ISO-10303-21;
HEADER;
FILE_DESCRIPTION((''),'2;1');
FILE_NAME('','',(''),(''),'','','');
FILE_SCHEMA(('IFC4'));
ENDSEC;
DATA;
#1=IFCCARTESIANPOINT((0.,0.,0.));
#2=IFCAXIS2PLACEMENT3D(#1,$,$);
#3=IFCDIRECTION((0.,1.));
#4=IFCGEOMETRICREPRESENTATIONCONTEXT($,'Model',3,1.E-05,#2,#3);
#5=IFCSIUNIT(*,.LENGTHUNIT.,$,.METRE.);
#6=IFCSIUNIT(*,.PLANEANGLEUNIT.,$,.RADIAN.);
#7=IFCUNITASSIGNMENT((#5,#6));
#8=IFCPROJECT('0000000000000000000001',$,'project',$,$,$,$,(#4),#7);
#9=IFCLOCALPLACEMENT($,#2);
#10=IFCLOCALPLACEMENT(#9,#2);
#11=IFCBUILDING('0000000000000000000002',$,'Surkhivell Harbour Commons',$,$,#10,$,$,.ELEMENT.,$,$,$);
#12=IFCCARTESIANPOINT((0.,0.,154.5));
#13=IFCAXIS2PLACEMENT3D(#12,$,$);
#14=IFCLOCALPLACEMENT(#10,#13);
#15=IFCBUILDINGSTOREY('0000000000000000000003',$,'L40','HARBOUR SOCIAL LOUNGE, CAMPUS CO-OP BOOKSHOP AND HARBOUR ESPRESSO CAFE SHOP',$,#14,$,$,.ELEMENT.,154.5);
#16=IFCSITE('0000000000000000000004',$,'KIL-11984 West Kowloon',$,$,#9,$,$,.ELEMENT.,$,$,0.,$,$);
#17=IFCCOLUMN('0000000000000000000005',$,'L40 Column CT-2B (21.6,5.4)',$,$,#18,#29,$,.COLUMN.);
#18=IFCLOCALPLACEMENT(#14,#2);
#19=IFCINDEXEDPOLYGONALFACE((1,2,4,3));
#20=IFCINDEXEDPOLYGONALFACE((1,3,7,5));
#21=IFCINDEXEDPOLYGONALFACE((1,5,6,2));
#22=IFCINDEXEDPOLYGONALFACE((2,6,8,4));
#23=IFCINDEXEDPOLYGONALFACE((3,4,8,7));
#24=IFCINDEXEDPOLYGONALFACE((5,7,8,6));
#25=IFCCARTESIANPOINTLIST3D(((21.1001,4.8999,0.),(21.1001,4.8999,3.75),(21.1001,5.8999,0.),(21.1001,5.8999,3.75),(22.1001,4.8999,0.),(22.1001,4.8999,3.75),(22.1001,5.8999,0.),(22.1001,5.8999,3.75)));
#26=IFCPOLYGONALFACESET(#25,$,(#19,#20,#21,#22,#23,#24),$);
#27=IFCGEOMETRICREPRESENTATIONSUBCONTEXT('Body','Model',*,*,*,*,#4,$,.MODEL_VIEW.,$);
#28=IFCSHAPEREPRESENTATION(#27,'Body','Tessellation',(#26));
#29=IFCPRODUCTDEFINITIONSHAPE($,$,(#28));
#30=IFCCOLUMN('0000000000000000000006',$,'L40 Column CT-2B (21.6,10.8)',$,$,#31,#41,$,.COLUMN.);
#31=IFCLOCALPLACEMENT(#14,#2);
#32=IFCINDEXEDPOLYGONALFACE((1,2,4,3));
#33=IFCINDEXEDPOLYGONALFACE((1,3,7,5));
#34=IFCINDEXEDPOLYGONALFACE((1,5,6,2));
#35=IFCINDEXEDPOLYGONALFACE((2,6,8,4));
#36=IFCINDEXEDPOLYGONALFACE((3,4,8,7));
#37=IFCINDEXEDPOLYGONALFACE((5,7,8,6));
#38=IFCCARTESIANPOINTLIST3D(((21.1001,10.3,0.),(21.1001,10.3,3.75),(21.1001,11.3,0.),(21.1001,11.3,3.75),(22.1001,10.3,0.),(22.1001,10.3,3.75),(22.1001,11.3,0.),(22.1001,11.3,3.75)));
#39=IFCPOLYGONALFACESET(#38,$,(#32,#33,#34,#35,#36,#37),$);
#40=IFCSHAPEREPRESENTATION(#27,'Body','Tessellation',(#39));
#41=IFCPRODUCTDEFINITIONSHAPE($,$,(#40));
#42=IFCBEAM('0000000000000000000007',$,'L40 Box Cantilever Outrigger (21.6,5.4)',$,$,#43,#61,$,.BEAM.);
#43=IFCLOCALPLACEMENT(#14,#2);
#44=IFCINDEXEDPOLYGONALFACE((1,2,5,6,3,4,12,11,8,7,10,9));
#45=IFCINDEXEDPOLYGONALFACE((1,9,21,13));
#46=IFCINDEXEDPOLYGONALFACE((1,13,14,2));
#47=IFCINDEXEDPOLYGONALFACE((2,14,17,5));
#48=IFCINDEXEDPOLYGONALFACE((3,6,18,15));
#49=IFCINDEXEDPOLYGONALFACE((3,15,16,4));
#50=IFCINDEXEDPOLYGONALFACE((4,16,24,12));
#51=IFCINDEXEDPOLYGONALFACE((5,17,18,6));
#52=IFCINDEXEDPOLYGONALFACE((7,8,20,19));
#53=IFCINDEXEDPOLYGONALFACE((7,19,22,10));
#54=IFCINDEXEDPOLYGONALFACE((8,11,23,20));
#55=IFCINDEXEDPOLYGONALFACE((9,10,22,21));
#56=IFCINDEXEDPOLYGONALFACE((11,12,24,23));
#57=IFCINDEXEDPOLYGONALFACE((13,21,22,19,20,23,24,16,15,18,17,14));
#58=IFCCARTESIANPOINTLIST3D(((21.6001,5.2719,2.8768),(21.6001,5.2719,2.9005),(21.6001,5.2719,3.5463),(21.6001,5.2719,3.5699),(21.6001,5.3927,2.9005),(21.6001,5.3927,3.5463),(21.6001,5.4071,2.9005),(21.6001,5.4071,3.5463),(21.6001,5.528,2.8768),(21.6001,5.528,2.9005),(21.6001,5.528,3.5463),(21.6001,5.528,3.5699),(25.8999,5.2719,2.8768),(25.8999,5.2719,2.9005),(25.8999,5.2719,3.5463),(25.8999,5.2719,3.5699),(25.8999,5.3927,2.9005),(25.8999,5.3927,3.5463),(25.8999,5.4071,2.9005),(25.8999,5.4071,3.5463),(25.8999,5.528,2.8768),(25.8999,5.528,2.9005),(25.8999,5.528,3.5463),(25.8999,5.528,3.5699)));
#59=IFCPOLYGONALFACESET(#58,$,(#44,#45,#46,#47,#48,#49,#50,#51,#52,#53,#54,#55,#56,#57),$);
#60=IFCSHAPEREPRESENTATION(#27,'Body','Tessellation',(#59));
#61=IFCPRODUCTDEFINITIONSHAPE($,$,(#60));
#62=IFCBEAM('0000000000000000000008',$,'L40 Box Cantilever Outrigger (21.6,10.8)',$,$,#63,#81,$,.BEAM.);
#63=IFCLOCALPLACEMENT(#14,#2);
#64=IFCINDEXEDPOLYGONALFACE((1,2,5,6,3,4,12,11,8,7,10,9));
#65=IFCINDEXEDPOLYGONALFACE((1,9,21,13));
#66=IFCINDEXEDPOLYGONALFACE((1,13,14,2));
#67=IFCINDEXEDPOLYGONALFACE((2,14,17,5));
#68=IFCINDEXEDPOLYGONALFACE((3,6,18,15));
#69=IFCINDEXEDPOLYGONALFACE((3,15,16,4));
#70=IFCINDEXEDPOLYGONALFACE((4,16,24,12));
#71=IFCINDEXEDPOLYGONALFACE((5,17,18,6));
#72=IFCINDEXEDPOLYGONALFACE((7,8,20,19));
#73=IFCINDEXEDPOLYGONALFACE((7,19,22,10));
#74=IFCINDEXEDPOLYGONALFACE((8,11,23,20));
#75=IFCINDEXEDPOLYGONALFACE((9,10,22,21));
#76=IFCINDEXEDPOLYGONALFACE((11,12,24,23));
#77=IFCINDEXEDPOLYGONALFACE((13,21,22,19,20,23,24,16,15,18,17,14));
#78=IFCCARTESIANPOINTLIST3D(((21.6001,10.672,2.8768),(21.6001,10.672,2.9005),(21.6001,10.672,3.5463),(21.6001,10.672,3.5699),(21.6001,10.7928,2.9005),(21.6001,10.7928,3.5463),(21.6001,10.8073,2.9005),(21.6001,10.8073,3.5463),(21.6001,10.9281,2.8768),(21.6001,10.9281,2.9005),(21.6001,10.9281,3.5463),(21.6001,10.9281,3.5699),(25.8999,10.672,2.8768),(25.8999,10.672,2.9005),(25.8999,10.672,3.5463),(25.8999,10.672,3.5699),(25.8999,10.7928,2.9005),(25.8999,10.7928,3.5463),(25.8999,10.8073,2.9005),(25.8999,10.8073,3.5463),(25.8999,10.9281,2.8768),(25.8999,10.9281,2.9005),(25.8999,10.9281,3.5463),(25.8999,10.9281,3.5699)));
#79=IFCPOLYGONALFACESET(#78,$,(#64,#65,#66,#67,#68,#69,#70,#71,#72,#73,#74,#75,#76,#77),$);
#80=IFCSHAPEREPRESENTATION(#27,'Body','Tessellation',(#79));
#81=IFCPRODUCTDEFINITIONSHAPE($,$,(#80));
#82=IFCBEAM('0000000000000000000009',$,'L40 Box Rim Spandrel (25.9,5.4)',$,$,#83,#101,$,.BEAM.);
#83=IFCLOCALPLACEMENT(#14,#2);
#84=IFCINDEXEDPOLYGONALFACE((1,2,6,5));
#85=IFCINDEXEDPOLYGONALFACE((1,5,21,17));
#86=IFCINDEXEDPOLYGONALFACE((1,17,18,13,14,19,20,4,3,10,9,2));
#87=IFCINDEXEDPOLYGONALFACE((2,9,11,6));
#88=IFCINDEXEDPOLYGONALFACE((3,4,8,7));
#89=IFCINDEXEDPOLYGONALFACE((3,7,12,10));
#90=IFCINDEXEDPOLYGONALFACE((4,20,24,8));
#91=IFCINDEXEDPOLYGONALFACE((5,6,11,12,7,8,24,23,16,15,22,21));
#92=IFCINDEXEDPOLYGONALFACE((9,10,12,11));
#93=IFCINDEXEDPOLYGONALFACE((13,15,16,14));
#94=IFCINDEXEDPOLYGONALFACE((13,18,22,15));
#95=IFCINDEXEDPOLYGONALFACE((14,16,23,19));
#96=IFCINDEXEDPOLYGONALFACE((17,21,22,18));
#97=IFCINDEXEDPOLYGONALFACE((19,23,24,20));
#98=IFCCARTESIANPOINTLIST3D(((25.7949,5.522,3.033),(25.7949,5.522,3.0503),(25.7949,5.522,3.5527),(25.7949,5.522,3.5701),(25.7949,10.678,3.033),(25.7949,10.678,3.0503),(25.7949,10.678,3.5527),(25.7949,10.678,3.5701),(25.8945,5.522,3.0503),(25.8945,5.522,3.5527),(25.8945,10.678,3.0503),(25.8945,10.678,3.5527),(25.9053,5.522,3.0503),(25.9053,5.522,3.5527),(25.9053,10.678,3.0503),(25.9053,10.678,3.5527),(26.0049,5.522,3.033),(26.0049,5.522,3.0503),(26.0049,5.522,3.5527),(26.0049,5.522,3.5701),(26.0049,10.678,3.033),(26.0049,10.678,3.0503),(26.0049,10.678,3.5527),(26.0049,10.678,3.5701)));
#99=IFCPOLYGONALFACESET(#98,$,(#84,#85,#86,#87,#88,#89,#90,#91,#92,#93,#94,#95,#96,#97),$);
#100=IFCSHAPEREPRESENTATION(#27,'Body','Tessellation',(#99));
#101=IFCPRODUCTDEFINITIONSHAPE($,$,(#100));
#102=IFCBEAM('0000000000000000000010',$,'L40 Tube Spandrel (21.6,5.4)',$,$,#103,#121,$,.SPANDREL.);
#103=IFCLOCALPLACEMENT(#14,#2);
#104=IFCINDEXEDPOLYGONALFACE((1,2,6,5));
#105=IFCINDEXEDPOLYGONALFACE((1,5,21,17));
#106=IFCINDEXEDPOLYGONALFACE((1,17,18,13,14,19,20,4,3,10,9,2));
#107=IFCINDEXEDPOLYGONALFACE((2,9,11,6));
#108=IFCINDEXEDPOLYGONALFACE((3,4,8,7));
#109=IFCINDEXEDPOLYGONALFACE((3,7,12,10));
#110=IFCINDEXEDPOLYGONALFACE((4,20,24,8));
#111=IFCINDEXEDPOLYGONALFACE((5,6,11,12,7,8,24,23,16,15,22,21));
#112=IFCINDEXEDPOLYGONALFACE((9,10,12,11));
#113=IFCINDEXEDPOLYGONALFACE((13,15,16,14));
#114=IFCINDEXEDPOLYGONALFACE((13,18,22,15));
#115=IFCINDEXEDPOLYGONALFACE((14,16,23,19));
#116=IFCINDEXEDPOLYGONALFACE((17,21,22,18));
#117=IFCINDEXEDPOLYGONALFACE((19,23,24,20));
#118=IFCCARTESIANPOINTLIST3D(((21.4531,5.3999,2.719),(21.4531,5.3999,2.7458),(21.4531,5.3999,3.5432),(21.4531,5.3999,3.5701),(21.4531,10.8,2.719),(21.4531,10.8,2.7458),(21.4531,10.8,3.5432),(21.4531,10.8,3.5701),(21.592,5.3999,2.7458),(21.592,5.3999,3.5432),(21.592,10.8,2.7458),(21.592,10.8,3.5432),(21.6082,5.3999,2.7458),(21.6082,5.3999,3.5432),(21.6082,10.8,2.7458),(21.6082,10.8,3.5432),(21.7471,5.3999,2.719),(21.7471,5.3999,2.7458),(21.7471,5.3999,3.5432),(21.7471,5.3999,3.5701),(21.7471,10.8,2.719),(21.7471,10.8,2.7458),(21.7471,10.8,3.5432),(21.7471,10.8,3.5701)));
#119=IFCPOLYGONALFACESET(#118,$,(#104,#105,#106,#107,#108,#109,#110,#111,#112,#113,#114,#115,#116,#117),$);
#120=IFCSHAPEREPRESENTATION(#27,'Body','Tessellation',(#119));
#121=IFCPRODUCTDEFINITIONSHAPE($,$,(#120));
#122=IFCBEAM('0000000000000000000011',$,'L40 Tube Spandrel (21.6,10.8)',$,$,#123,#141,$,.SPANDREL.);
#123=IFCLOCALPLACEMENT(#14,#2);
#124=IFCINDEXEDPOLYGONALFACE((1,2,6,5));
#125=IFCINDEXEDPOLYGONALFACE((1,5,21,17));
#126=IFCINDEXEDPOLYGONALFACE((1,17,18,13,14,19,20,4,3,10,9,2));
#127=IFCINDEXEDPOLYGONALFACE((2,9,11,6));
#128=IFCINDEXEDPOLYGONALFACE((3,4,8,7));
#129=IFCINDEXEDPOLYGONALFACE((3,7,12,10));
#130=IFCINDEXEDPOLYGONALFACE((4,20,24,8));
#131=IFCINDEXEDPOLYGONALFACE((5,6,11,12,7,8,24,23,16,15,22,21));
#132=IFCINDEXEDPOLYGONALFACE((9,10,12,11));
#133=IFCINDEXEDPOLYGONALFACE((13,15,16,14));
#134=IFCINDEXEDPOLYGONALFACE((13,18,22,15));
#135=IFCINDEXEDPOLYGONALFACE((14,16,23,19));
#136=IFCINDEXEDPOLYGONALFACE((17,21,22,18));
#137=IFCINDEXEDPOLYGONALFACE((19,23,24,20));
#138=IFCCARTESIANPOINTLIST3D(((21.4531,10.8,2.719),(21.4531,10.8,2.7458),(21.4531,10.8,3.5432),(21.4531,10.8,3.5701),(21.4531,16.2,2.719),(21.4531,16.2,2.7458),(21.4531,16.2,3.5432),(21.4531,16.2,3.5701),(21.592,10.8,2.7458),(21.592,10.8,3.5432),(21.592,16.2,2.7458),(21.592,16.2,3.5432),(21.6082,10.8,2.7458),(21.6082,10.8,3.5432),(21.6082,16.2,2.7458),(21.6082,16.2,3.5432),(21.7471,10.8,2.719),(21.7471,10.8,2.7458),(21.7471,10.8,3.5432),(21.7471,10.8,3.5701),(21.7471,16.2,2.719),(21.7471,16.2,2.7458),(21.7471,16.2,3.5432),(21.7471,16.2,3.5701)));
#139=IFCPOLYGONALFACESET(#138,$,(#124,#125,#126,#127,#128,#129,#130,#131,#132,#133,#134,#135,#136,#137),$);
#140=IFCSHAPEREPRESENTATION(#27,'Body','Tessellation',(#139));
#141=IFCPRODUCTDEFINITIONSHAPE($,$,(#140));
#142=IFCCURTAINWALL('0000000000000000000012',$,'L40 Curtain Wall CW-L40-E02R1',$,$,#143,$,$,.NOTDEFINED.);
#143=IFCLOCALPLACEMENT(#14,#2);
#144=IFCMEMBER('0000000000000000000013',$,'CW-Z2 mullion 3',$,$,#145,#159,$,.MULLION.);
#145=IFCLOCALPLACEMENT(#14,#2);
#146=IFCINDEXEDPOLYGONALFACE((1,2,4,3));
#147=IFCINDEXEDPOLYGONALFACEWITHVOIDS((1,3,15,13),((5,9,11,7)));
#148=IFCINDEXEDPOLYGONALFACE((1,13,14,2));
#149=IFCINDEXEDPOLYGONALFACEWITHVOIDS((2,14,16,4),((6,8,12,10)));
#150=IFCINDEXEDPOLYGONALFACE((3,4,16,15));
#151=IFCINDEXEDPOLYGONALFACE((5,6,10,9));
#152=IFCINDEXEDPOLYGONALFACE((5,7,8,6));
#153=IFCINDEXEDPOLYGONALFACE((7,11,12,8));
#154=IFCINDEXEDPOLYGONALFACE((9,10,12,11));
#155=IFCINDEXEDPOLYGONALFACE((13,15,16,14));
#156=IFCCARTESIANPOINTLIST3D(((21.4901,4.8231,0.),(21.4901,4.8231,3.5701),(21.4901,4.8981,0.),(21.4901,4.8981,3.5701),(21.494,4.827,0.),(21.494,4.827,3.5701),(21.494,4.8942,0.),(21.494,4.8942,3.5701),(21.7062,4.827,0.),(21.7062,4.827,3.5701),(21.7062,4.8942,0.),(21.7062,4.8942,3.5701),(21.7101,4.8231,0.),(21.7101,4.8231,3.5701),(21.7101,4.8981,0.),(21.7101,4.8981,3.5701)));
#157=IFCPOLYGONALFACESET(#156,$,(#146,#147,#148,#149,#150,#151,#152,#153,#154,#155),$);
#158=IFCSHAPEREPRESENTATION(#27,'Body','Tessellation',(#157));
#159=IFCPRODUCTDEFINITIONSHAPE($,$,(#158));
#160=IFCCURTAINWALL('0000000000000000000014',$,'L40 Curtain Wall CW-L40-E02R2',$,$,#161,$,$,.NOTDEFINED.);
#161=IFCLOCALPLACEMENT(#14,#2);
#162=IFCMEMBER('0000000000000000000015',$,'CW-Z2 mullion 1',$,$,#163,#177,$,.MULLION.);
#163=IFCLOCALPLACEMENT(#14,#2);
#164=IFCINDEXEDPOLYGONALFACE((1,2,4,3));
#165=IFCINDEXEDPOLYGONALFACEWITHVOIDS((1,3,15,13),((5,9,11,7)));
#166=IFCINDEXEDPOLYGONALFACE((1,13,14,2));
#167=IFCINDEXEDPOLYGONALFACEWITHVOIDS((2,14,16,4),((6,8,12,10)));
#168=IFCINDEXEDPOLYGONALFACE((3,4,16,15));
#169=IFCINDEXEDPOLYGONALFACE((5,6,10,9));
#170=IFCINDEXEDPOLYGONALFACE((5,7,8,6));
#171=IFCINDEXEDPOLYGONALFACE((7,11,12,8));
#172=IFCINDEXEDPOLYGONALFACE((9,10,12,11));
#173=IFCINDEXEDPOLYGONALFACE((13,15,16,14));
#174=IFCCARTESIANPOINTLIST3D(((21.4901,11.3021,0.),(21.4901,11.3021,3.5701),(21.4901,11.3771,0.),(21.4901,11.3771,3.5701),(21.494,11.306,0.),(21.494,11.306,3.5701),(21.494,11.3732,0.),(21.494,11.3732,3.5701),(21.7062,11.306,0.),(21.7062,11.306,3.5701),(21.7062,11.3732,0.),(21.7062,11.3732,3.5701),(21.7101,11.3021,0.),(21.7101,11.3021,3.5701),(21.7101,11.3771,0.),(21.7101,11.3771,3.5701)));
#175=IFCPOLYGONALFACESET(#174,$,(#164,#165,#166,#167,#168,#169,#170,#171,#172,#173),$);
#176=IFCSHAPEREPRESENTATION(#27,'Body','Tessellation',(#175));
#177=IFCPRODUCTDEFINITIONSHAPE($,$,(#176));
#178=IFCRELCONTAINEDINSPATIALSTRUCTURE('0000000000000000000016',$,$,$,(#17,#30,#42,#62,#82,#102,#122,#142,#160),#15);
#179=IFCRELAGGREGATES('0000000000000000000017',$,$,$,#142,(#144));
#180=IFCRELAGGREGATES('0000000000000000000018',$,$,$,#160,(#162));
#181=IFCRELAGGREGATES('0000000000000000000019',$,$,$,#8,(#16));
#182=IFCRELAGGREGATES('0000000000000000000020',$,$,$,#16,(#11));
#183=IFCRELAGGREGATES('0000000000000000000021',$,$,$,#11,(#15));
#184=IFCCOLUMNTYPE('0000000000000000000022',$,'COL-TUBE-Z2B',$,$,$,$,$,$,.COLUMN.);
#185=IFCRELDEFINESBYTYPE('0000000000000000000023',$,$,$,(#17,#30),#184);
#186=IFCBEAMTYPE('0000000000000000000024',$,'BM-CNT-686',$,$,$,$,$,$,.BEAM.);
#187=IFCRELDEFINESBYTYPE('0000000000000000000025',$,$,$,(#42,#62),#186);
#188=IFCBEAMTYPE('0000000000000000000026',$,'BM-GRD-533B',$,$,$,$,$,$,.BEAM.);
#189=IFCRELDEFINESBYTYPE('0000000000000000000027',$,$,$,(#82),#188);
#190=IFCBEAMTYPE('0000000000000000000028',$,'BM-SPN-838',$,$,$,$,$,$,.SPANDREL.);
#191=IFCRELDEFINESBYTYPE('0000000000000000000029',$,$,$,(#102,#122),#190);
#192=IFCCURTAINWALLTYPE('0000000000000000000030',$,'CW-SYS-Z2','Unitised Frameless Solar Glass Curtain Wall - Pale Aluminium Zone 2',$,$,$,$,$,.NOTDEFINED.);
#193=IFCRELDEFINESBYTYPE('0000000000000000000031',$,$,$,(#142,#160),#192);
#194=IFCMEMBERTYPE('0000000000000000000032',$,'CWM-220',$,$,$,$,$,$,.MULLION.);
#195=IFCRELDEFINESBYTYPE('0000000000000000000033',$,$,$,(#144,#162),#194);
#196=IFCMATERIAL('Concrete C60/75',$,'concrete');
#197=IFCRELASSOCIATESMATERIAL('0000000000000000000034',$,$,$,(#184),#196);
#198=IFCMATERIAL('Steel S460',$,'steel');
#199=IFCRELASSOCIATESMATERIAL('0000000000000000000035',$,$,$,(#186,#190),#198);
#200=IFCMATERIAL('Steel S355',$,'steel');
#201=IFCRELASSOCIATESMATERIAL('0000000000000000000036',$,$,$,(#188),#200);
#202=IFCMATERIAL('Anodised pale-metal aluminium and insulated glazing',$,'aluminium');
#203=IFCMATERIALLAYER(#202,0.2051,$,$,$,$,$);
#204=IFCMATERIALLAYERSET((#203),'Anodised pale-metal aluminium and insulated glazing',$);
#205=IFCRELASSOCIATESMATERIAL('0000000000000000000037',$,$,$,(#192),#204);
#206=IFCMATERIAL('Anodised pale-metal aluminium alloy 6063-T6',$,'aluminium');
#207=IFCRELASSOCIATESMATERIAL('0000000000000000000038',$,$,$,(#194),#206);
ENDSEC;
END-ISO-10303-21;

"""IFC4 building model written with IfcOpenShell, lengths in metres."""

from ifc_helpers import new_model, si_unit, direction, frame, origin, origin_2d, place, context, subcontext, project, spatial, rectangle, hollow_rectangle, i_section, extrude, material, layer, layer_set, material_profile, profile_set, type_object, element, aggregate, save


model = new_model("IFC4")

# Units and contexts
model_context = context("Model", 3, precision=1e-05, world=origin(), true_north=direction((0.0, 1.0)))
body_context = subcontext(model_context, "Body", "Model", "MODEL_VIEW")
ifc_project = project(units=[si_unit("LENGTHUNIT", "METRE"), si_unit("PLANEANGLEUNIT", "RADIAN")], contexts=[model_context])

# Site, building, storey
site_placement = place(None, origin())
site = spatial("IfcSite", under=ifc_project, at=site_placement, Name="KIL-11984 West Kowloon", CompositionType="ELEMENT", RefElevation=0.0)
building_placement = place(site_placement, origin())
building = spatial("IfcBuilding", under=site, at=building_placement, Name="Surkhivell Harbour Commons", CompositionType="ELEMENT")
storey_placement = place(building_placement, frame((0.0, 0.0, 154.5)))
storey = spatial("IfcBuildingStorey", under=building, at=storey_placement, Name="L40", Description="HARBOUR SOCIAL LOUNGE, CAMPUS CO-OP BOOKSHOP AND HARBOUR ESPRESSO CAFE SHOP", CompositionType="ELEMENT", Elevation=154.5)

# Columns
ifc_material_1 = material(Name="Concrete C60/75", Category="concrete")
ifc_material_profile_1 = material_profile(ifc_material_1, rectangle(XDim=1.0, YDim=1.0, at=origin_2d()), Name="RC-COL-1000x1000")
ifc_profile_set_1 = profile_set([ifc_material_profile_1], Name="Concrete C60/75")
column_type = type_object("IfcColumnType", Name="COL-TUBE-Z2B", PredefinedType="COLUMN", material=ifc_profile_set_1)
for number, where, z_axis, x_axis, name in (
    (1, (21.6001, 5.3999, 0.0), (0.0, 0.0, 1.0), (1.0, 0.0, 0.0), "L40 Column CT-2B (21.6,5.4)"),
    (2, (21.6001, 10.8, 0.0), (0.0, 0.0, 1.0), (1.0, 0.0, 0.0), "L40 Column CT-2B (21.6,10.8)"),
):
    element("IfcColumn", number, at=place(storey_placement, frame(where, z_axis=z_axis, x_axis=x_axis)), inside=storey, type_object=column_type, Name=name, PredefinedType="COLUMN", context=body_context, shape_type="SweptSolid", body=[
        extrude(rectangle(XDim=1.0, YDim=1.0, at=origin_2d()), origin(), (0.0, 0.0, 1.0), 3.75),
    ])

# Beams
ifc_material_2 = material(Name="Steel S460", Category="steel")
ifc_material_profile_2 = material_profile(ifc_material_2, i_section(OverallWidth=0.2561, OverallDepth=0.6931, WebThickness=0.0144, FlangeThickness=0.0237, at=origin_2d()), Name="UB686x254x170")
ifc_profile_set_2 = profile_set([ifc_material_profile_2], Name="Steel S460")
beam_type_1 = type_object("IfcBeamType", Name="BM-CNT-686", PredefinedType="BEAM", material=ifc_profile_set_2)
for number, where, z_axis, x_axis, name in (
    (3, (21.6001, 5.3999, 3.2234), (1.0, 0.0, 0.0), (0.0, 1.0, 0.0), "L40 Box Cantilever Outrigger (21.6,5.4)"),
    (4, (21.6001, 10.8, 3.2234), (1.0, 0.0, 0.0), (0.0, 1.0, 0.0), "L40 Box Cantilever Outrigger (21.6,10.8)"),
):
    element("IfcBeam", number, at=place(storey_placement, frame(where, z_axis=z_axis, x_axis=x_axis)), inside=storey, type_object=beam_type_1, Name=name, PredefinedType="BEAM", context=body_context, shape_type="SweptSolid", body=[
        extrude(i_section(OverallWidth=0.2561, OverallDepth=0.6931, WebThickness=0.0144, FlangeThickness=0.0237, at=origin_2d()), origin(), (0.0, 0.0, 1.0), 4.2998),
    ])
ifc_material_3 = material(Name="Steel S355", Category="steel")
ifc_material_profile_3 = material_profile(ifc_material_3, i_section(OverallWidth=0.21, OverallDepth=0.5371, WebThickness=0.0107, FlangeThickness=0.0173, at=origin_2d()), Name="UB533x210x101")
ifc_profile_set_3 = profile_set([ifc_material_profile_3], Name="Steel S355")
beam_type_2 = type_object("IfcBeamType", Name="BM-GRD-533B", PredefinedType="BEAM", material=ifc_profile_set_3)
beam_1_placement = place(storey_placement, frame((25.8999, 5.522, 3.3015), z_axis=(0.0, 1.0, 0.0), x_axis=(-1.0, 0.0, 0.0)))
element("IfcBeam", 5, at=beam_1_placement, inside=storey, type_object=beam_type_2, Name="L40 Box Rim Spandrel (25.9,5.4)", PredefinedType="BEAM", context=body_context, shape_type="SweptSolid", body=[
    extrude(i_section(OverallWidth=0.21, OverallDepth=0.5371, WebThickness=0.0107, FlangeThickness=0.0173, at=origin_2d()), origin(), (0.0, 0.0, 1.0), 5.156),
])
ifc_material_profile_4 = material_profile(ifc_material_2, i_section(OverallWidth=0.2939, OverallDepth=0.8511, WebThickness=0.0161, FlangeThickness=0.0269, at=origin_2d()), Name="UB838x292x226")
ifc_profile_set_4 = profile_set([ifc_material_profile_4], Name="Steel S460")
beam_type_3 = type_object("IfcBeamType", Name="BM-SPN-838", PredefinedType="SPANDREL", material=ifc_profile_set_4)
beam_2_placement = place(storey_placement, frame((21.6001, 5.3999, 3.1445), z_axis=(0.0, 1.0, 0.0), x_axis=(-1.0, 0.0, 0.0)))
element("IfcBeam", 6, at=beam_2_placement, inside=storey, type_object=beam_type_3, Name="L40 Tube Spandrel (21.6,5.4)", PredefinedType="SPANDREL", context=body_context, shape_type="SweptSolid", body=[
    extrude(i_section(OverallWidth=0.2939, OverallDepth=0.8511, WebThickness=0.0161, FlangeThickness=0.0269, at=origin_2d()), origin(), (0.0, 0.0, 1.0), 5.4001),
])
beam_3_placement = place(storey_placement, frame((21.6001, 10.8, 3.1445), z_axis=(0.0, 1.0, 0.0), x_axis=(-1.0, 0.0, 0.0)))
element("IfcBeam", 7, at=beam_3_placement, inside=storey, type_object=beam_type_3, Name="L40 Tube Spandrel (21.6,10.8)", PredefinedType="SPANDREL", context=body_context, shape_type="SweptSolid", body=[
    extrude(i_section(OverallWidth=0.2939, OverallDepth=0.8511, WebThickness=0.0161, FlangeThickness=0.0269, at=origin_2d()), origin(), (0.0, 0.0, 1.0), 5.3999),
])

# Curtain wall, member
ifc_material_4 = material(Name="Anodised pale-metal aluminium and insulated glazing", Category="aluminium")
ifc_layer_1 = layer(ifc_material_4, 0.2051)
ifc_layer_set_1 = layer_set([ifc_layer_1], Name="Anodised pale-metal aluminium and insulated glazing")
curtain_wall_type = type_object("IfcCurtainWallType", Name="CW-SYS-Z2", Description="Unitised Frameless Solar Glass Curtain Wall - Pale Aluminium Zone 2", PredefinedType="NOTDEFINED", material=ifc_layer_set_1)
curtain_wall_1_placement = place(storey_placement, origin())
curtain_wall_1 = element("IfcCurtainWall", 8, at=curtain_wall_1_placement, inside=storey, type_object=curtain_wall_type, Name="L40 Curtain Wall CW-L40-E02R1", PredefinedType="NOTDEFINED")
ifc_material_5 = material(Name="Anodised pale-metal aluminium alloy 6063-T6", Category="aluminium")
ifc_material_profile_5 = material_profile(ifc_material_5, hollow_rectangle(XDim=0.075, YDim=0.22, WallThickness=0.0039, at=origin_2d()), Name="ALU-MULL-75x220")
ifc_profile_set_5 = profile_set([ifc_material_profile_5], Name="Anodised pale-metal aluminium alloy 6063-T6")
member_type_1 = type_object("IfcMemberType", Name="CWM-220", PredefinedType="MULLION", material=ifc_profile_set_5)
member_1_placement = place(storey_placement, frame((21.6001, 4.8606, 0.0), z_axis=(0.0, 0.0, 1.0), x_axis=(0.0, 1.0, 0.0)))
member_1 = element("IfcMember", 9, at=member_1_placement, type_object=member_type_1, Name="CW-Z2 mullion 3", PredefinedType="MULLION", context=body_context, shape_type="SweptSolid", body=[
    extrude(hollow_rectangle(XDim=0.075, YDim=0.22, WallThickness=0.0039, at=origin_2d()), origin(), (0.0, 0.0, 1.0), 3.5701),
])
aggregate(curtain_wall_1, [member_1])

# Curtain wall, member
curtain_wall_2_placement = place(storey_placement, origin())
curtain_wall_2 = element("IfcCurtainWall", 10, at=curtain_wall_2_placement, inside=storey, type_object=curtain_wall_type, Name="L40 Curtain Wall CW-L40-E02R2", PredefinedType="NOTDEFINED")
member_2_placement = place(storey_placement, frame((21.6001, 11.3396, 0.0), z_axis=(0.0, 0.0, 1.0), x_axis=(0.0, 1.0, 0.0)))
member_2 = element("IfcMember", 11, at=member_2_placement, type_object=member_type_1, Name="CW-Z2 mullion 1", PredefinedType="MULLION", context=body_context, shape_type="SweptSolid", body=[
    extrude(hollow_rectangle(XDim=0.075, YDim=0.22, WallThickness=0.0039, at=origin_2d()), origin(), (0.0, 0.0, 1.0), 3.5701),
])
aggregate(curtain_wall_2, [member_2])

save(model, "model.ifc")
